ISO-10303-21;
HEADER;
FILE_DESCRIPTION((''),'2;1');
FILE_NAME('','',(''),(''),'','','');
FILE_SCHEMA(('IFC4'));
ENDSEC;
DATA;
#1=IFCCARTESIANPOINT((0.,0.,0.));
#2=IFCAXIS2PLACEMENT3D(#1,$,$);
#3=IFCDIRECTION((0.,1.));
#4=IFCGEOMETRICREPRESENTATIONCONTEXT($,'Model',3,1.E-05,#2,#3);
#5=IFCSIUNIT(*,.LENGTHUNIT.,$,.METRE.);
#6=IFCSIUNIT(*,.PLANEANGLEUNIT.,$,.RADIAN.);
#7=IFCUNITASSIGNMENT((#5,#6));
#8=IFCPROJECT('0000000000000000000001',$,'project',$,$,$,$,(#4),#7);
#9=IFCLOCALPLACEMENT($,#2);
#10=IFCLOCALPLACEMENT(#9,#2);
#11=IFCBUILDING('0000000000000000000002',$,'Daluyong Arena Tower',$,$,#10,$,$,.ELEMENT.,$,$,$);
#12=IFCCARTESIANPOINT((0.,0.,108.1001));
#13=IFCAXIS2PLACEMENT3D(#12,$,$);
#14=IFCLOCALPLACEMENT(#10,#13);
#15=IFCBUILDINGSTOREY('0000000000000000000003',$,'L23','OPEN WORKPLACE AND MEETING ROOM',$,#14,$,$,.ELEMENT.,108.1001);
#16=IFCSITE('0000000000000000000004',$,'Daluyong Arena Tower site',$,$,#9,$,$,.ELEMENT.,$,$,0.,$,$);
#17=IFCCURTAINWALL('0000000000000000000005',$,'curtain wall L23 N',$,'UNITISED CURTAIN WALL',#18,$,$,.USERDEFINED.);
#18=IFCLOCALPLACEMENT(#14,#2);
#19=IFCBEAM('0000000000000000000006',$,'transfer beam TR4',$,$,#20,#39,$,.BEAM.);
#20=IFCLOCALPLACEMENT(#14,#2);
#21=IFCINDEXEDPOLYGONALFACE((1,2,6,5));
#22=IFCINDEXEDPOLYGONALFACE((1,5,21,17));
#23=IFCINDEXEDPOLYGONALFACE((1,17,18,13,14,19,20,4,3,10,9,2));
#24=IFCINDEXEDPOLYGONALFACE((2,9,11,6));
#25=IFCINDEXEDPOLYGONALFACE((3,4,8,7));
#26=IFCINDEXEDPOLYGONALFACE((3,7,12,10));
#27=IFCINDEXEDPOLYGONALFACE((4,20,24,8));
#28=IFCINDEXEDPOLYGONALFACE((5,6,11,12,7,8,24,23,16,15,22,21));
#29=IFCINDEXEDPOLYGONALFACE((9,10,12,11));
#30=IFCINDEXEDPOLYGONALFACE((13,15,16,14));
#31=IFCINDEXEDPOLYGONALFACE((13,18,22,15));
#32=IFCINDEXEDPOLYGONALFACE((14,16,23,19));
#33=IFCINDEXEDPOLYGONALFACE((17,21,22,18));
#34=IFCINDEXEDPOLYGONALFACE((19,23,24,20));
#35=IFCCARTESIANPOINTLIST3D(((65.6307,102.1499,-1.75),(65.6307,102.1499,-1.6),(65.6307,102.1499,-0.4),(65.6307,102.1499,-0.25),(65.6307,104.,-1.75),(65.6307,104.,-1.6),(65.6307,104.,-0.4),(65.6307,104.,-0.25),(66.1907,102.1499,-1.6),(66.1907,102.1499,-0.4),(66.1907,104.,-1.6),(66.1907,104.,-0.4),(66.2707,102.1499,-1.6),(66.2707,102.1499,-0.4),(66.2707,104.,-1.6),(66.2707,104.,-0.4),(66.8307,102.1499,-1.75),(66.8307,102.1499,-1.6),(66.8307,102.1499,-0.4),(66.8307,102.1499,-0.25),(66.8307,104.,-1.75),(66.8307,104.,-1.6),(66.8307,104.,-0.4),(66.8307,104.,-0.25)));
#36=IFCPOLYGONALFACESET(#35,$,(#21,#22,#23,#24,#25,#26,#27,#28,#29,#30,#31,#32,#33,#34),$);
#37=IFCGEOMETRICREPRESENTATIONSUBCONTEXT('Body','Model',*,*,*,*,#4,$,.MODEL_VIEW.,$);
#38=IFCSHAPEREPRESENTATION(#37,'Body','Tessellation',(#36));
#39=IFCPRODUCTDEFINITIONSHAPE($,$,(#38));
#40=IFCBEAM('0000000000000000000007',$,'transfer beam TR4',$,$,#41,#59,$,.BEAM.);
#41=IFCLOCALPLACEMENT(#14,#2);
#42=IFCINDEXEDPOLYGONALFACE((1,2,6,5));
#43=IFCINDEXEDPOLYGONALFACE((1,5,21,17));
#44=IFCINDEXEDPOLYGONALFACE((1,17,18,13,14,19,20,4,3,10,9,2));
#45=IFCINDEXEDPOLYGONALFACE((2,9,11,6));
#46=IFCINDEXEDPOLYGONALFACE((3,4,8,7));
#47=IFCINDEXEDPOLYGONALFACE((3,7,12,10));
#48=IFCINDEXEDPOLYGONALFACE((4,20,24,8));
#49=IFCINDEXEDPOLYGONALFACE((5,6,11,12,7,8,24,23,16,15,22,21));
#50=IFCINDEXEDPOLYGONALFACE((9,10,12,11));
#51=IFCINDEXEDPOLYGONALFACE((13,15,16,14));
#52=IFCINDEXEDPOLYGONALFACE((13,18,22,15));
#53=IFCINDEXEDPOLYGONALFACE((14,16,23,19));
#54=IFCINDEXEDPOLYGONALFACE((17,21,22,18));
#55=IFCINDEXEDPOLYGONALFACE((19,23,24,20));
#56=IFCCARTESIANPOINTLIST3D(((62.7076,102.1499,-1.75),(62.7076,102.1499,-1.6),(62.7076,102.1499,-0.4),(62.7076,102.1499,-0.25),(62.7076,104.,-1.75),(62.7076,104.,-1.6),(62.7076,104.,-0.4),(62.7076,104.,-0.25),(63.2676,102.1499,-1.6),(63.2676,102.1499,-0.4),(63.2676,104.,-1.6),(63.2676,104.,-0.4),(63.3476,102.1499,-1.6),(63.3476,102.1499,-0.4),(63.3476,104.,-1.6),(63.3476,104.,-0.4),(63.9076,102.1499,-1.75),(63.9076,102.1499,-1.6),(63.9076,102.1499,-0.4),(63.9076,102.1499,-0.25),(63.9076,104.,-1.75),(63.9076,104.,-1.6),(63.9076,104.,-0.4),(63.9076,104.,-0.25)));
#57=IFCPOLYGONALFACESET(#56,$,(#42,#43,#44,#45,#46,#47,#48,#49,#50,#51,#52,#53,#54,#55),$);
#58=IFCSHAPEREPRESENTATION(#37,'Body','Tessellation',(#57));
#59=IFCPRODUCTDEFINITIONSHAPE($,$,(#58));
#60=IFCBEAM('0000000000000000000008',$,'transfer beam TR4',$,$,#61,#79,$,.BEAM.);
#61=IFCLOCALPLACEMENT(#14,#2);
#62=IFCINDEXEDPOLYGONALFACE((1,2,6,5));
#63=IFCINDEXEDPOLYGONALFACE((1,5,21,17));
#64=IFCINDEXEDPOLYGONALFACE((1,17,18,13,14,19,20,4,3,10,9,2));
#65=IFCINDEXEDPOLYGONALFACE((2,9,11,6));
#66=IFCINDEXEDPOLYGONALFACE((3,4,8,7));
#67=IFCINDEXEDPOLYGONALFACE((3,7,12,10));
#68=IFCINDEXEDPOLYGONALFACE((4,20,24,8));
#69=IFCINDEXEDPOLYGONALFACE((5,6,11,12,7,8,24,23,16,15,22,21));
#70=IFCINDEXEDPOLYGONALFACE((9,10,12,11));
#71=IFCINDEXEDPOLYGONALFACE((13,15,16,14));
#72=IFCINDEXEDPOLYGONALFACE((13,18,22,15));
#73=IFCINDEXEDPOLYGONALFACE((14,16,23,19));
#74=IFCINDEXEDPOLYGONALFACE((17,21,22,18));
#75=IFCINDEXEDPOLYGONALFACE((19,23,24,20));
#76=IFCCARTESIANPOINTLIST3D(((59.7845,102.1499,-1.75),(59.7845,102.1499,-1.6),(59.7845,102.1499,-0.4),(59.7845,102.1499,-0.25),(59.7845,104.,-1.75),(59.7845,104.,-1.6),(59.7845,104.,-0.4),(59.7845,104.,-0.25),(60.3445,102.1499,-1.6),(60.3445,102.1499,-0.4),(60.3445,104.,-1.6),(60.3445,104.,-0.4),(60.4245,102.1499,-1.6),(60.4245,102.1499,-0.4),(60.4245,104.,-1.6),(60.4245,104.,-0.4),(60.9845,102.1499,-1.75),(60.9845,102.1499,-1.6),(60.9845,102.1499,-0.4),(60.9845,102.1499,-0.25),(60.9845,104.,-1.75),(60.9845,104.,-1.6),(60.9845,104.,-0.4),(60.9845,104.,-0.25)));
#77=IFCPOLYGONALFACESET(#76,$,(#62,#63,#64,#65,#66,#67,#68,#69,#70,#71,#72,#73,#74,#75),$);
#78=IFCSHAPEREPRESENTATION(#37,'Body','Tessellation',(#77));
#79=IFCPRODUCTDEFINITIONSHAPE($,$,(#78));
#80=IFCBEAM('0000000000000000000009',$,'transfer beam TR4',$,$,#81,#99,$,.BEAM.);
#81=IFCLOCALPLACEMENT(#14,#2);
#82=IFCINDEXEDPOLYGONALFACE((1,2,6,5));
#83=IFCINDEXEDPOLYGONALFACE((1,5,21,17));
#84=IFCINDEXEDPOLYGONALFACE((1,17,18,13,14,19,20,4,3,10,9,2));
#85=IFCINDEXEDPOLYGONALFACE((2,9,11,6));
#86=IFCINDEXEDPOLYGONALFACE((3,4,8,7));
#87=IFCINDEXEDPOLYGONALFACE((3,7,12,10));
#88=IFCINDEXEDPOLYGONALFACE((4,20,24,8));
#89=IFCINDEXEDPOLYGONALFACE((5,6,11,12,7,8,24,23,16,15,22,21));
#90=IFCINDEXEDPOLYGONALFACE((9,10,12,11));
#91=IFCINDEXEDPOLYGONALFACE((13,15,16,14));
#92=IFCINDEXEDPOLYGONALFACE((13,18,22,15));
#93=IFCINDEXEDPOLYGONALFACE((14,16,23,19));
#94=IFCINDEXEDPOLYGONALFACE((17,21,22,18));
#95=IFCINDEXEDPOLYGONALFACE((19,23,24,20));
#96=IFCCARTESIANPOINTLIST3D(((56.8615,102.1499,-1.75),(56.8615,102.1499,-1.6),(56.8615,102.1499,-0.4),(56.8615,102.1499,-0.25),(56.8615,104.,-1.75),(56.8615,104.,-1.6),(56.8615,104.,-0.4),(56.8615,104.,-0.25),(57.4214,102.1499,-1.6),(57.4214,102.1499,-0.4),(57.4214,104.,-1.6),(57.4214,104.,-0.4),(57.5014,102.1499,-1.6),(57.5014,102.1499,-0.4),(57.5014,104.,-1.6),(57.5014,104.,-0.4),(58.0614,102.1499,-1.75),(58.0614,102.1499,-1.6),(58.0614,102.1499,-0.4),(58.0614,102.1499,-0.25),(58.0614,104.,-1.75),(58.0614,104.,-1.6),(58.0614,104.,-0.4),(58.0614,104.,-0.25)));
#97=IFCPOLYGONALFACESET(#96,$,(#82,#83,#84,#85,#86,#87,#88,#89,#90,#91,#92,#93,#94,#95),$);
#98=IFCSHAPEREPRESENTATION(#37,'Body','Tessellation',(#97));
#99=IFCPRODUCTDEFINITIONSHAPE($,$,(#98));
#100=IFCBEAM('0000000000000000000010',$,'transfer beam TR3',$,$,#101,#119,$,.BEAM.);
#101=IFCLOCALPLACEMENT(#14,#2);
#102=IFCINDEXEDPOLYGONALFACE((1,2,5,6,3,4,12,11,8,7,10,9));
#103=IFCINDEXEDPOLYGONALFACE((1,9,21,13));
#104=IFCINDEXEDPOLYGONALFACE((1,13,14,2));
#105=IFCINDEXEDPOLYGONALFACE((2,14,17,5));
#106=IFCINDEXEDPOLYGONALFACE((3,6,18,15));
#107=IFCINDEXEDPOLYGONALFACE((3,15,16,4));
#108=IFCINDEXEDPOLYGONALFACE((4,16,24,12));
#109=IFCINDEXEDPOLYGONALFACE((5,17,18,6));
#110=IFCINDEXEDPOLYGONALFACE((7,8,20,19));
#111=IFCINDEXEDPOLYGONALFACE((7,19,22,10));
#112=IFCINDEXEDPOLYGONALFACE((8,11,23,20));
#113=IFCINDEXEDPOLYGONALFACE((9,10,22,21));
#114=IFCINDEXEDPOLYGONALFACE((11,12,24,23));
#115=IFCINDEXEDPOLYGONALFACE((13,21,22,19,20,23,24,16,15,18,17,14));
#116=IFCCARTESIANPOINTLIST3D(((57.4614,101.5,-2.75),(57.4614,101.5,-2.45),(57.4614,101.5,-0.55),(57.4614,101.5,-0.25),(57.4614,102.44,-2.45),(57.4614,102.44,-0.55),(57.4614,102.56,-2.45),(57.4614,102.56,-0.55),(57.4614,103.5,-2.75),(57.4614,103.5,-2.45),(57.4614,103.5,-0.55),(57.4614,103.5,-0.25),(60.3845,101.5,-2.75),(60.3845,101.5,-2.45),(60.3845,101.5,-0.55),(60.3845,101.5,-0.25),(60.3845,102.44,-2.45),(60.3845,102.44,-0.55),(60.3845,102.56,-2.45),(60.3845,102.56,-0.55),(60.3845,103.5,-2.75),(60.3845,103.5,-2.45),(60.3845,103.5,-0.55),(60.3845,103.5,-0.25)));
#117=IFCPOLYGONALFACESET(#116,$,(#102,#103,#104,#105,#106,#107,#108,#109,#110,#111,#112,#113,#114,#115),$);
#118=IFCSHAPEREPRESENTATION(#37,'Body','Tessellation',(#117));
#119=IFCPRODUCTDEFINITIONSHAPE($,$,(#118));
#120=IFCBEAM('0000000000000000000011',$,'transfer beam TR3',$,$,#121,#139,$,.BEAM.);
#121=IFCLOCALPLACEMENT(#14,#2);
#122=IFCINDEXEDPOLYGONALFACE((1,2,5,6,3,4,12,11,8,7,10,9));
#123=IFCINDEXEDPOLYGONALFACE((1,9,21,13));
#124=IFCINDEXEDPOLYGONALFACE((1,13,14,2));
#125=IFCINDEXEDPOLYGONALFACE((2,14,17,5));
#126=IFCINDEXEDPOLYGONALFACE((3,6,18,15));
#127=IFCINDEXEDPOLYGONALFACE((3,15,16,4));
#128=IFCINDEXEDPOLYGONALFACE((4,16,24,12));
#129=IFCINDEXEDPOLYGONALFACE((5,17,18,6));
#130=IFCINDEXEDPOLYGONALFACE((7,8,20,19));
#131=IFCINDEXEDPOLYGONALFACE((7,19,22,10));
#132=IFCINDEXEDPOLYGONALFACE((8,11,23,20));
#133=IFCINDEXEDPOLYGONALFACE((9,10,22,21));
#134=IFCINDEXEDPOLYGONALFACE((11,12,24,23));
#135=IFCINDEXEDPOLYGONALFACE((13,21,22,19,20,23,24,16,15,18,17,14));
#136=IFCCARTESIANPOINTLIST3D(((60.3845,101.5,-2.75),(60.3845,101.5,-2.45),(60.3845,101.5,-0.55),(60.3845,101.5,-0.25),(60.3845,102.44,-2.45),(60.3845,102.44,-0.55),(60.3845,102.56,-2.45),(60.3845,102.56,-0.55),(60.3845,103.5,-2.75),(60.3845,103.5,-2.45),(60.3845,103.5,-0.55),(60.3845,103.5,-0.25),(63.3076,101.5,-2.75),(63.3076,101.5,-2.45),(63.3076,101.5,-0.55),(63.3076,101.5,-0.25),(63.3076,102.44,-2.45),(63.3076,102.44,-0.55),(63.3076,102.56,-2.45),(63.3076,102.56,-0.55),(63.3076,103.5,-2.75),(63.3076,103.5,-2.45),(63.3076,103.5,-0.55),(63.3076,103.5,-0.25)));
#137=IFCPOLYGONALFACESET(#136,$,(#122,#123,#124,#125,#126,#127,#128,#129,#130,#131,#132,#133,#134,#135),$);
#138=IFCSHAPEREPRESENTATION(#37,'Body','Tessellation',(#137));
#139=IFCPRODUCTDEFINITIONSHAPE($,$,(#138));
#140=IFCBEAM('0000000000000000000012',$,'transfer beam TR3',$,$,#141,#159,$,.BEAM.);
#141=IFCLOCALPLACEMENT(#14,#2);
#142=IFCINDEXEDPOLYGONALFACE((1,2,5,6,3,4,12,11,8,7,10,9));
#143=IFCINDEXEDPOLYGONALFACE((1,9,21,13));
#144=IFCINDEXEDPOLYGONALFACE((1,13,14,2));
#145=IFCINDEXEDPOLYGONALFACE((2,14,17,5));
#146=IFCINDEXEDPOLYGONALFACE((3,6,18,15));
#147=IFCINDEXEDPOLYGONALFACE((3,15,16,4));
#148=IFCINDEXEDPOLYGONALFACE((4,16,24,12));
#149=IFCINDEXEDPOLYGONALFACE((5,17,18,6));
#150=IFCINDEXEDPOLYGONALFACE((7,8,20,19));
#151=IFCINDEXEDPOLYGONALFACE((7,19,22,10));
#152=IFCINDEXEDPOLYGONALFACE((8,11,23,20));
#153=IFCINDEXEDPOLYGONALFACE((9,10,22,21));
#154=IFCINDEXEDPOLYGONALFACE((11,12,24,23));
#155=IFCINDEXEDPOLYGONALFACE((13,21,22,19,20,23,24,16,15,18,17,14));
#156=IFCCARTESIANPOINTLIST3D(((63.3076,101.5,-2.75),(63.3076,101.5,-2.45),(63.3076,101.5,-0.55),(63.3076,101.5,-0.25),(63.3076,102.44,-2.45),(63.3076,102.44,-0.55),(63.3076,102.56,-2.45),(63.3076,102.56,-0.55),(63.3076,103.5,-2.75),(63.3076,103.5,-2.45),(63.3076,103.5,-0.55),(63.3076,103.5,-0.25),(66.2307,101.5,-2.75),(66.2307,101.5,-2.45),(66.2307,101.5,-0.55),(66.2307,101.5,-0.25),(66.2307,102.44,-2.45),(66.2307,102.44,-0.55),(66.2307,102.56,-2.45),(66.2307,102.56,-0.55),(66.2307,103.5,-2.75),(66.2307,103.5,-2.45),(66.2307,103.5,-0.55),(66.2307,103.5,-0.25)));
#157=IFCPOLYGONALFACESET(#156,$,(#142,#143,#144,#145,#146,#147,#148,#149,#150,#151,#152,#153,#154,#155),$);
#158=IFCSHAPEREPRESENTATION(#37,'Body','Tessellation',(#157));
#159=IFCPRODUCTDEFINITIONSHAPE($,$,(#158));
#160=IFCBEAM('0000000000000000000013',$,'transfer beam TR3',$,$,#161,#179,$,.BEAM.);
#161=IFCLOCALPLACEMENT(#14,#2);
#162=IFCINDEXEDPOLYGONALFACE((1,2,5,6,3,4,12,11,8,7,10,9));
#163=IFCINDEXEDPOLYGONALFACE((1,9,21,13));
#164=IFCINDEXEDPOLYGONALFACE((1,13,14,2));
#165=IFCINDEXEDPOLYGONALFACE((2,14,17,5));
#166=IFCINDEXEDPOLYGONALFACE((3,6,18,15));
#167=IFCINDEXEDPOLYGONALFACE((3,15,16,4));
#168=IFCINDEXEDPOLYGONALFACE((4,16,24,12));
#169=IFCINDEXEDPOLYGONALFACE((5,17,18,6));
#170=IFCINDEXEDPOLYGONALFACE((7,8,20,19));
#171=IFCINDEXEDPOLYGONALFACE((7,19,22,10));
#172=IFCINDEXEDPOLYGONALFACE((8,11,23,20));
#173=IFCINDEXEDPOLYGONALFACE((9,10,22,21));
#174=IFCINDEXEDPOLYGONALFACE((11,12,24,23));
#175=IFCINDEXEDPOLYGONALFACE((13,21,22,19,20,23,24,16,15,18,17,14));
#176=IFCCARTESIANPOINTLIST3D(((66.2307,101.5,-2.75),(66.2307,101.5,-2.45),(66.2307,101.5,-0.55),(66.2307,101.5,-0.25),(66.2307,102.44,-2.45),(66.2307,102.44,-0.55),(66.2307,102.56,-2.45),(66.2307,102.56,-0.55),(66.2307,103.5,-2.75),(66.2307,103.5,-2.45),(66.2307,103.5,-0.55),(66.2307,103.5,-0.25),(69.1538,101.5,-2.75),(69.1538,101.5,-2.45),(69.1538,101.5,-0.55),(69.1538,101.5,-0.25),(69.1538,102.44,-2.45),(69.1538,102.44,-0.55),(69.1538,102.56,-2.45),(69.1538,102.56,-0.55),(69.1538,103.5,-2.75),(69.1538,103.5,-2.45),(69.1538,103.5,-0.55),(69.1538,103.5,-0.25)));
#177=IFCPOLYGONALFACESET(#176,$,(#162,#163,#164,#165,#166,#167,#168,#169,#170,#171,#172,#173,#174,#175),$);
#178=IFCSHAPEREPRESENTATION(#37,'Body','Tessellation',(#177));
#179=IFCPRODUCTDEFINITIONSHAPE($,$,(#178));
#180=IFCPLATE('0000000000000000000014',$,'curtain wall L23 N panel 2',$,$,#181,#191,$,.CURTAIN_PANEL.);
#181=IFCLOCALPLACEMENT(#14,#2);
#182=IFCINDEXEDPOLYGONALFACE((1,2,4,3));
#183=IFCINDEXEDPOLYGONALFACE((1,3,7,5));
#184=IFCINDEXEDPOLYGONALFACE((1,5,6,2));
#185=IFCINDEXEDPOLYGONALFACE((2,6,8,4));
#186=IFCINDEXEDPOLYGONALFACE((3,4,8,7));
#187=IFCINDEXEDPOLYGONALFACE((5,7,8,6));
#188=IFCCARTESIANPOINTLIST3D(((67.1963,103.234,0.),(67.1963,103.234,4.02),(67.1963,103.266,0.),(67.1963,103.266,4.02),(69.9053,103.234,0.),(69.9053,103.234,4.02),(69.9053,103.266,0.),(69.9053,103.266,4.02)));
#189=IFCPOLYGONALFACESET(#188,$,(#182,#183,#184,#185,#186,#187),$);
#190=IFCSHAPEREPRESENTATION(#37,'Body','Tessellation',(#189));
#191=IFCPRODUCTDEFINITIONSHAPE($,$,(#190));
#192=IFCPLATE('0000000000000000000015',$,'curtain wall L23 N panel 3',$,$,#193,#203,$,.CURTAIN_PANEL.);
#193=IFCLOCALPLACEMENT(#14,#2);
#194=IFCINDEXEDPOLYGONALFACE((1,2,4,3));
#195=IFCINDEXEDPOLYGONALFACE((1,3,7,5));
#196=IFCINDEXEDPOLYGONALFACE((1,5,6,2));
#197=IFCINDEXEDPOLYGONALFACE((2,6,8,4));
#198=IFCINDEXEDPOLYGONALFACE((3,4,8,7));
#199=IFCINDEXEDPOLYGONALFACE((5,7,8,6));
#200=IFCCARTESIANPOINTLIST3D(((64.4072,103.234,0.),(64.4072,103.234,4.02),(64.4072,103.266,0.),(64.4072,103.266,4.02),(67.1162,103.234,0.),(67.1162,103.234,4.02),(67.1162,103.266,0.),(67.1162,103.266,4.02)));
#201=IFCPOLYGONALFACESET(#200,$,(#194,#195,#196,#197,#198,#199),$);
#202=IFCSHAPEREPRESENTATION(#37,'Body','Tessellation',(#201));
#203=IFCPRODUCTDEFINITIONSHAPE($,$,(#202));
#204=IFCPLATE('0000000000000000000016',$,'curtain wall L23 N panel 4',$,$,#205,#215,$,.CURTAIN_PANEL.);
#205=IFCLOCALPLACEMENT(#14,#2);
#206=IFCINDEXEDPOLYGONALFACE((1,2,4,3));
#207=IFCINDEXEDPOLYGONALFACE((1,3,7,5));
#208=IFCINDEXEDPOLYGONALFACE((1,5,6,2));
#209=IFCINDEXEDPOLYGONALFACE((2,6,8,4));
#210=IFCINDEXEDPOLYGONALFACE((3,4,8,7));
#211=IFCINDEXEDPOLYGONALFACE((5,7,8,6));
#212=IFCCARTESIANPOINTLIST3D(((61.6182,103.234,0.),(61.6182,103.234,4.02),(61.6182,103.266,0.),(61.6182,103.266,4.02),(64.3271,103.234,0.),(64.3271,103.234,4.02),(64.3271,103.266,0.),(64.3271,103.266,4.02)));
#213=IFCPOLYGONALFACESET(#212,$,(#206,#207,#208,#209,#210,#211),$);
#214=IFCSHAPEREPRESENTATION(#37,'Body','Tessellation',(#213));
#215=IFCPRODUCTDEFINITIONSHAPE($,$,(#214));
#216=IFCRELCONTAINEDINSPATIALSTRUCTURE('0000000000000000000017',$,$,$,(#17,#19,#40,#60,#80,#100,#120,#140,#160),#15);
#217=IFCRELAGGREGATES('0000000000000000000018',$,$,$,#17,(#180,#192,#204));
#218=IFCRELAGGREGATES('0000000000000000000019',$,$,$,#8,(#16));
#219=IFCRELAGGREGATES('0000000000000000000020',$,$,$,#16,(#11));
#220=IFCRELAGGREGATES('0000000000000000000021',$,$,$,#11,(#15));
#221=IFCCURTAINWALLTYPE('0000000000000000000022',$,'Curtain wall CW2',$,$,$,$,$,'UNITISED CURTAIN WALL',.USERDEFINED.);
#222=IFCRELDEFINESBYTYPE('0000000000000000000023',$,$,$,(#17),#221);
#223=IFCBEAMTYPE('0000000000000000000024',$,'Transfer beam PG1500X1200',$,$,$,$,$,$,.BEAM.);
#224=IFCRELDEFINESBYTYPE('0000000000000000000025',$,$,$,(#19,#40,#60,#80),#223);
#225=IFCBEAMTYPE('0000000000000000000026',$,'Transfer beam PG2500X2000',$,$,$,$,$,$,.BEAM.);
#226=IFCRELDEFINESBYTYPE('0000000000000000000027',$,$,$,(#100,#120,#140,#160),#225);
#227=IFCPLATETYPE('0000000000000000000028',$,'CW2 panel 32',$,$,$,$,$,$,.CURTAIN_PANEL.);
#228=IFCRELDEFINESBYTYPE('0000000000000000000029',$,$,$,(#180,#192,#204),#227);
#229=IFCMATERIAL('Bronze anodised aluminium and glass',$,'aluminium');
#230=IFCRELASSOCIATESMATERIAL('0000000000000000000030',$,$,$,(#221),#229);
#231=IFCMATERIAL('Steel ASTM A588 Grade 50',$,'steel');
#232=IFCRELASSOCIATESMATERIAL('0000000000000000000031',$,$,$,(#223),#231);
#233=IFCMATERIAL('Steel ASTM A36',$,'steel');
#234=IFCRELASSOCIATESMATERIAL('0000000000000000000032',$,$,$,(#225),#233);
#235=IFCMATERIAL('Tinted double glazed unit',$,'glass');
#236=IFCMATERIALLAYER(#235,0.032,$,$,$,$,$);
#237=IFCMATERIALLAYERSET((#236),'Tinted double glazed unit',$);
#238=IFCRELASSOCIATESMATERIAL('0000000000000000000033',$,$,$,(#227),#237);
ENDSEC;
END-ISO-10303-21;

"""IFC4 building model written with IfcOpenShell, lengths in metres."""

from ifc_helpers import new_model, si_unit, direction, frame, origin, origin_2d, place, context, subcontext, project, spatial, rectangle, i_section, extrude, material, layer, layer_set, material_profile, profile_set, type_object, element, aggregate, save


model = new_model("IFC4")

# Units and contexts
model_context = context("Model", 3, precision=1e-05, world=origin(), true_north=direction((0.0, 1.0)))
body_context = subcontext(model_context, "Body", "Model", "MODEL_VIEW")
ifc_project = project(units=[si_unit("LENGTHUNIT", "METRE"), si_unit("PLANEANGLEUNIT", "RADIAN")], contexts=[model_context])

# Site, building, storey
site_placement = place(None, origin())
site = spatial("IfcSite", under=ifc_project, at=site_placement, Name="Daluyong Arena Tower site", CompositionType="ELEMENT", RefElevation=0.0)
building_placement = place(site_placement, origin())
building = spatial("IfcBuilding", under=site, at=building_placement, Name="Daluyong Arena Tower", CompositionType="ELEMENT")
storey_placement = place(building_placement, frame((0.0, 0.0, 108.1001)))
storey = spatial("IfcBuildingStorey", under=building, at=storey_placement, Name="L23", Description="OPEN WORKPLACE AND MEETING ROOM", CompositionType="ELEMENT", Elevation=108.1001)

# Curtain wall
ifc_material_1 = material(Name="Bronze anodised aluminium and glass", Category="aluminium")
curtain_wall_type = type_object("IfcCurtainWallType", Name="Curtain wall CW2", ElementType="UNITISED CURTAIN WALL", PredefinedType="USERDEFINED", material=ifc_material_1)
curtain_wall_placement = place(storey_placement, origin())
curtain_wall = element("IfcCurtainWall", 1, at=curtain_wall_placement, inside=storey, type_object=curtain_wall_type, Name="curtain wall L23 N", ObjectType="UNITISED CURTAIN WALL", PredefinedType="USERDEFINED")

# Beams
ifc_material_2 = material(Name="Steel ASTM A588 Grade 50", Category="steel")
ifc_material_profile_1 = material_profile(ifc_material_2, i_section(OverallWidth=1.2, OverallDepth=1.5, WebThickness=0.08, FlangeThickness=0.15, at=origin_2d()))
ifc_profile_set_1 = profile_set([ifc_material_profile_1], Name="Steel ASTM A588 Grade 50")
beam_type_1 = type_object("IfcBeamType", Name="Transfer beam PG1500X1200", PredefinedType="BEAM", material=ifc_profile_set_1)
for number, where, z_axis, x_axis, name in (
    (2, (66.2307, 104.0, -1.0), (0.0, -1.0, 0.0), (1.0, 0.0, 0.0), "transfer beam TR4"),
    (3, (63.3076, 104.0, -1.0), (0.0, -1.0, 0.0), (1.0, 0.0, 0.0), "transfer beam TR4"),
    (4, (60.3845, 104.0, -1.0), (0.0, -1.0, 0.0), (1.0, 0.0, 0.0), "transfer beam TR4"),
    (5, (57.4614, 104.0, -1.0), (0.0, -1.0, 0.0), (1.0, 0.0, 0.0), "transfer beam TR4"),
):
    element("IfcBeam", number, at=place(storey_placement, frame(where, z_axis=z_axis, x_axis=x_axis)), inside=storey, type_object=beam_type_1, Name=name, PredefinedType="BEAM", context=body_context, shape_type="SweptSolid", body=[
        extrude(i_section(OverallWidth=1.2, OverallDepth=1.5, WebThickness=0.08, FlangeThickness=0.15, at=origin_2d()), origin(), (0.0, 0.0, 1.0), 1.8501),
    ])
ifc_material_3 = material(Name="Steel ASTM A36", Category="steel")
ifc_material_profile_2 = material_profile(ifc_material_3, i_section(OverallWidth=2.0, OverallDepth=2.5, WebThickness=0.12, FlangeThickness=0.3, at=origin_2d()))
ifc_profile_set_2 = profile_set([ifc_material_profile_2], Name="Steel ASTM A36")
beam_type_2 = type_object("IfcBeamType", Name="Transfer beam PG2500X2000", PredefinedType="BEAM", material=ifc_profile_set_2)
for number, where, z_axis, x_axis, name in (
    (6, (57.4614, 102.5, -1.5), (1.0, 0.0, 0.0), (0.0, 1.0, 0.0), "transfer beam TR3"),
    (7, (60.3845, 102.5, -1.5), (1.0, 0.0, 0.0), (0.0, 1.0, 0.0), "transfer beam TR3"),
    (8, (63.3076, 102.5, -1.5), (1.0, 0.0, 0.0), (0.0, 1.0, 0.0), "transfer beam TR3"),
    (9, (66.2307, 102.5, -1.5), (1.0, 0.0, 0.0), (0.0, 1.0, 0.0), "transfer beam TR3"),
):
    element("IfcBeam", number, at=place(storey_placement, frame(where, z_axis=z_axis, x_axis=x_axis)), inside=storey, type_object=beam_type_2, Name=name, PredefinedType="BEAM", context=body_context, shape_type="SweptSolid", body=[
        extrude(i_section(OverallWidth=2.0, OverallDepth=2.5, WebThickness=0.12, FlangeThickness=0.3, at=origin_2d()), origin(), (0.0, 0.0, 1.0), 2.9231),
    ])

# Plates
ifc_material_4 = material(Name="Tinted double glazed unit", Category="glass")
ifc_layer_1 = layer(ifc_material_4, 0.032)
ifc_layer_set_1 = layer_set([ifc_layer_1], Name="Tinted double glazed unit")
plate_type = type_object("IfcPlateType", Name="CW2 panel 32", PredefinedType="CURTAIN_PANEL", material=ifc_layer_set_1)
plate_1_placement = place(storey_placement, frame((68.5508, 103.25, 0.0), z_axis=(0.0, 0.0, 1.0), x_axis=(-1.0, 0.0, 0.0)))
plate_1 = element("IfcPlate", 10, at=plate_1_placement, type_object=plate_type, Name="curtain wall L23 N panel 2", PredefinedType="CURTAIN_PANEL", context=body_context, shape_type="SweptSolid", body=[
    extrude(rectangle(XDim=2.709, YDim=0.032, at=origin_2d()), origin(), (0.0, 0.0, 1.0), 4.02),
])
plate_2_placement = place(storey_placement, frame((65.7617, 103.25, 0.0), z_axis=(0.0, 0.0, 1.0), x_axis=(-1.0, 0.0, 0.0)))
plate_2 = element("IfcPlate", 11, at=plate_2_placement, type_object=plate_type, Name="curtain wall L23 N panel 3", PredefinedType="CURTAIN_PANEL", context=body_context, shape_type="SweptSolid", body=[
    extrude(rectangle(XDim=2.709, YDim=0.032, at=origin_2d()), origin(), (0.0, 0.0, 1.0), 4.02),
])
plate_3_placement = place(storey_placement, frame((62.9727, 103.25, 0.0), z_axis=(0.0, 0.0, 1.0), x_axis=(-1.0, 0.0, 0.0)))
plate_3 = element("IfcPlate", 12, at=plate_3_placement, type_object=plate_type, Name="curtain wall L23 N panel 4", PredefinedType="CURTAIN_PANEL", context=body_context, shape_type="SweptSolid", body=[
    extrude(rectangle(XDim=2.709, YDim=0.032, at=origin_2d()), origin(), (0.0, 0.0, 1.0), 4.02),
])
aggregate(curtain_wall, [plate_1, plate_2, plate_3])

save(model, "model.ifc")
